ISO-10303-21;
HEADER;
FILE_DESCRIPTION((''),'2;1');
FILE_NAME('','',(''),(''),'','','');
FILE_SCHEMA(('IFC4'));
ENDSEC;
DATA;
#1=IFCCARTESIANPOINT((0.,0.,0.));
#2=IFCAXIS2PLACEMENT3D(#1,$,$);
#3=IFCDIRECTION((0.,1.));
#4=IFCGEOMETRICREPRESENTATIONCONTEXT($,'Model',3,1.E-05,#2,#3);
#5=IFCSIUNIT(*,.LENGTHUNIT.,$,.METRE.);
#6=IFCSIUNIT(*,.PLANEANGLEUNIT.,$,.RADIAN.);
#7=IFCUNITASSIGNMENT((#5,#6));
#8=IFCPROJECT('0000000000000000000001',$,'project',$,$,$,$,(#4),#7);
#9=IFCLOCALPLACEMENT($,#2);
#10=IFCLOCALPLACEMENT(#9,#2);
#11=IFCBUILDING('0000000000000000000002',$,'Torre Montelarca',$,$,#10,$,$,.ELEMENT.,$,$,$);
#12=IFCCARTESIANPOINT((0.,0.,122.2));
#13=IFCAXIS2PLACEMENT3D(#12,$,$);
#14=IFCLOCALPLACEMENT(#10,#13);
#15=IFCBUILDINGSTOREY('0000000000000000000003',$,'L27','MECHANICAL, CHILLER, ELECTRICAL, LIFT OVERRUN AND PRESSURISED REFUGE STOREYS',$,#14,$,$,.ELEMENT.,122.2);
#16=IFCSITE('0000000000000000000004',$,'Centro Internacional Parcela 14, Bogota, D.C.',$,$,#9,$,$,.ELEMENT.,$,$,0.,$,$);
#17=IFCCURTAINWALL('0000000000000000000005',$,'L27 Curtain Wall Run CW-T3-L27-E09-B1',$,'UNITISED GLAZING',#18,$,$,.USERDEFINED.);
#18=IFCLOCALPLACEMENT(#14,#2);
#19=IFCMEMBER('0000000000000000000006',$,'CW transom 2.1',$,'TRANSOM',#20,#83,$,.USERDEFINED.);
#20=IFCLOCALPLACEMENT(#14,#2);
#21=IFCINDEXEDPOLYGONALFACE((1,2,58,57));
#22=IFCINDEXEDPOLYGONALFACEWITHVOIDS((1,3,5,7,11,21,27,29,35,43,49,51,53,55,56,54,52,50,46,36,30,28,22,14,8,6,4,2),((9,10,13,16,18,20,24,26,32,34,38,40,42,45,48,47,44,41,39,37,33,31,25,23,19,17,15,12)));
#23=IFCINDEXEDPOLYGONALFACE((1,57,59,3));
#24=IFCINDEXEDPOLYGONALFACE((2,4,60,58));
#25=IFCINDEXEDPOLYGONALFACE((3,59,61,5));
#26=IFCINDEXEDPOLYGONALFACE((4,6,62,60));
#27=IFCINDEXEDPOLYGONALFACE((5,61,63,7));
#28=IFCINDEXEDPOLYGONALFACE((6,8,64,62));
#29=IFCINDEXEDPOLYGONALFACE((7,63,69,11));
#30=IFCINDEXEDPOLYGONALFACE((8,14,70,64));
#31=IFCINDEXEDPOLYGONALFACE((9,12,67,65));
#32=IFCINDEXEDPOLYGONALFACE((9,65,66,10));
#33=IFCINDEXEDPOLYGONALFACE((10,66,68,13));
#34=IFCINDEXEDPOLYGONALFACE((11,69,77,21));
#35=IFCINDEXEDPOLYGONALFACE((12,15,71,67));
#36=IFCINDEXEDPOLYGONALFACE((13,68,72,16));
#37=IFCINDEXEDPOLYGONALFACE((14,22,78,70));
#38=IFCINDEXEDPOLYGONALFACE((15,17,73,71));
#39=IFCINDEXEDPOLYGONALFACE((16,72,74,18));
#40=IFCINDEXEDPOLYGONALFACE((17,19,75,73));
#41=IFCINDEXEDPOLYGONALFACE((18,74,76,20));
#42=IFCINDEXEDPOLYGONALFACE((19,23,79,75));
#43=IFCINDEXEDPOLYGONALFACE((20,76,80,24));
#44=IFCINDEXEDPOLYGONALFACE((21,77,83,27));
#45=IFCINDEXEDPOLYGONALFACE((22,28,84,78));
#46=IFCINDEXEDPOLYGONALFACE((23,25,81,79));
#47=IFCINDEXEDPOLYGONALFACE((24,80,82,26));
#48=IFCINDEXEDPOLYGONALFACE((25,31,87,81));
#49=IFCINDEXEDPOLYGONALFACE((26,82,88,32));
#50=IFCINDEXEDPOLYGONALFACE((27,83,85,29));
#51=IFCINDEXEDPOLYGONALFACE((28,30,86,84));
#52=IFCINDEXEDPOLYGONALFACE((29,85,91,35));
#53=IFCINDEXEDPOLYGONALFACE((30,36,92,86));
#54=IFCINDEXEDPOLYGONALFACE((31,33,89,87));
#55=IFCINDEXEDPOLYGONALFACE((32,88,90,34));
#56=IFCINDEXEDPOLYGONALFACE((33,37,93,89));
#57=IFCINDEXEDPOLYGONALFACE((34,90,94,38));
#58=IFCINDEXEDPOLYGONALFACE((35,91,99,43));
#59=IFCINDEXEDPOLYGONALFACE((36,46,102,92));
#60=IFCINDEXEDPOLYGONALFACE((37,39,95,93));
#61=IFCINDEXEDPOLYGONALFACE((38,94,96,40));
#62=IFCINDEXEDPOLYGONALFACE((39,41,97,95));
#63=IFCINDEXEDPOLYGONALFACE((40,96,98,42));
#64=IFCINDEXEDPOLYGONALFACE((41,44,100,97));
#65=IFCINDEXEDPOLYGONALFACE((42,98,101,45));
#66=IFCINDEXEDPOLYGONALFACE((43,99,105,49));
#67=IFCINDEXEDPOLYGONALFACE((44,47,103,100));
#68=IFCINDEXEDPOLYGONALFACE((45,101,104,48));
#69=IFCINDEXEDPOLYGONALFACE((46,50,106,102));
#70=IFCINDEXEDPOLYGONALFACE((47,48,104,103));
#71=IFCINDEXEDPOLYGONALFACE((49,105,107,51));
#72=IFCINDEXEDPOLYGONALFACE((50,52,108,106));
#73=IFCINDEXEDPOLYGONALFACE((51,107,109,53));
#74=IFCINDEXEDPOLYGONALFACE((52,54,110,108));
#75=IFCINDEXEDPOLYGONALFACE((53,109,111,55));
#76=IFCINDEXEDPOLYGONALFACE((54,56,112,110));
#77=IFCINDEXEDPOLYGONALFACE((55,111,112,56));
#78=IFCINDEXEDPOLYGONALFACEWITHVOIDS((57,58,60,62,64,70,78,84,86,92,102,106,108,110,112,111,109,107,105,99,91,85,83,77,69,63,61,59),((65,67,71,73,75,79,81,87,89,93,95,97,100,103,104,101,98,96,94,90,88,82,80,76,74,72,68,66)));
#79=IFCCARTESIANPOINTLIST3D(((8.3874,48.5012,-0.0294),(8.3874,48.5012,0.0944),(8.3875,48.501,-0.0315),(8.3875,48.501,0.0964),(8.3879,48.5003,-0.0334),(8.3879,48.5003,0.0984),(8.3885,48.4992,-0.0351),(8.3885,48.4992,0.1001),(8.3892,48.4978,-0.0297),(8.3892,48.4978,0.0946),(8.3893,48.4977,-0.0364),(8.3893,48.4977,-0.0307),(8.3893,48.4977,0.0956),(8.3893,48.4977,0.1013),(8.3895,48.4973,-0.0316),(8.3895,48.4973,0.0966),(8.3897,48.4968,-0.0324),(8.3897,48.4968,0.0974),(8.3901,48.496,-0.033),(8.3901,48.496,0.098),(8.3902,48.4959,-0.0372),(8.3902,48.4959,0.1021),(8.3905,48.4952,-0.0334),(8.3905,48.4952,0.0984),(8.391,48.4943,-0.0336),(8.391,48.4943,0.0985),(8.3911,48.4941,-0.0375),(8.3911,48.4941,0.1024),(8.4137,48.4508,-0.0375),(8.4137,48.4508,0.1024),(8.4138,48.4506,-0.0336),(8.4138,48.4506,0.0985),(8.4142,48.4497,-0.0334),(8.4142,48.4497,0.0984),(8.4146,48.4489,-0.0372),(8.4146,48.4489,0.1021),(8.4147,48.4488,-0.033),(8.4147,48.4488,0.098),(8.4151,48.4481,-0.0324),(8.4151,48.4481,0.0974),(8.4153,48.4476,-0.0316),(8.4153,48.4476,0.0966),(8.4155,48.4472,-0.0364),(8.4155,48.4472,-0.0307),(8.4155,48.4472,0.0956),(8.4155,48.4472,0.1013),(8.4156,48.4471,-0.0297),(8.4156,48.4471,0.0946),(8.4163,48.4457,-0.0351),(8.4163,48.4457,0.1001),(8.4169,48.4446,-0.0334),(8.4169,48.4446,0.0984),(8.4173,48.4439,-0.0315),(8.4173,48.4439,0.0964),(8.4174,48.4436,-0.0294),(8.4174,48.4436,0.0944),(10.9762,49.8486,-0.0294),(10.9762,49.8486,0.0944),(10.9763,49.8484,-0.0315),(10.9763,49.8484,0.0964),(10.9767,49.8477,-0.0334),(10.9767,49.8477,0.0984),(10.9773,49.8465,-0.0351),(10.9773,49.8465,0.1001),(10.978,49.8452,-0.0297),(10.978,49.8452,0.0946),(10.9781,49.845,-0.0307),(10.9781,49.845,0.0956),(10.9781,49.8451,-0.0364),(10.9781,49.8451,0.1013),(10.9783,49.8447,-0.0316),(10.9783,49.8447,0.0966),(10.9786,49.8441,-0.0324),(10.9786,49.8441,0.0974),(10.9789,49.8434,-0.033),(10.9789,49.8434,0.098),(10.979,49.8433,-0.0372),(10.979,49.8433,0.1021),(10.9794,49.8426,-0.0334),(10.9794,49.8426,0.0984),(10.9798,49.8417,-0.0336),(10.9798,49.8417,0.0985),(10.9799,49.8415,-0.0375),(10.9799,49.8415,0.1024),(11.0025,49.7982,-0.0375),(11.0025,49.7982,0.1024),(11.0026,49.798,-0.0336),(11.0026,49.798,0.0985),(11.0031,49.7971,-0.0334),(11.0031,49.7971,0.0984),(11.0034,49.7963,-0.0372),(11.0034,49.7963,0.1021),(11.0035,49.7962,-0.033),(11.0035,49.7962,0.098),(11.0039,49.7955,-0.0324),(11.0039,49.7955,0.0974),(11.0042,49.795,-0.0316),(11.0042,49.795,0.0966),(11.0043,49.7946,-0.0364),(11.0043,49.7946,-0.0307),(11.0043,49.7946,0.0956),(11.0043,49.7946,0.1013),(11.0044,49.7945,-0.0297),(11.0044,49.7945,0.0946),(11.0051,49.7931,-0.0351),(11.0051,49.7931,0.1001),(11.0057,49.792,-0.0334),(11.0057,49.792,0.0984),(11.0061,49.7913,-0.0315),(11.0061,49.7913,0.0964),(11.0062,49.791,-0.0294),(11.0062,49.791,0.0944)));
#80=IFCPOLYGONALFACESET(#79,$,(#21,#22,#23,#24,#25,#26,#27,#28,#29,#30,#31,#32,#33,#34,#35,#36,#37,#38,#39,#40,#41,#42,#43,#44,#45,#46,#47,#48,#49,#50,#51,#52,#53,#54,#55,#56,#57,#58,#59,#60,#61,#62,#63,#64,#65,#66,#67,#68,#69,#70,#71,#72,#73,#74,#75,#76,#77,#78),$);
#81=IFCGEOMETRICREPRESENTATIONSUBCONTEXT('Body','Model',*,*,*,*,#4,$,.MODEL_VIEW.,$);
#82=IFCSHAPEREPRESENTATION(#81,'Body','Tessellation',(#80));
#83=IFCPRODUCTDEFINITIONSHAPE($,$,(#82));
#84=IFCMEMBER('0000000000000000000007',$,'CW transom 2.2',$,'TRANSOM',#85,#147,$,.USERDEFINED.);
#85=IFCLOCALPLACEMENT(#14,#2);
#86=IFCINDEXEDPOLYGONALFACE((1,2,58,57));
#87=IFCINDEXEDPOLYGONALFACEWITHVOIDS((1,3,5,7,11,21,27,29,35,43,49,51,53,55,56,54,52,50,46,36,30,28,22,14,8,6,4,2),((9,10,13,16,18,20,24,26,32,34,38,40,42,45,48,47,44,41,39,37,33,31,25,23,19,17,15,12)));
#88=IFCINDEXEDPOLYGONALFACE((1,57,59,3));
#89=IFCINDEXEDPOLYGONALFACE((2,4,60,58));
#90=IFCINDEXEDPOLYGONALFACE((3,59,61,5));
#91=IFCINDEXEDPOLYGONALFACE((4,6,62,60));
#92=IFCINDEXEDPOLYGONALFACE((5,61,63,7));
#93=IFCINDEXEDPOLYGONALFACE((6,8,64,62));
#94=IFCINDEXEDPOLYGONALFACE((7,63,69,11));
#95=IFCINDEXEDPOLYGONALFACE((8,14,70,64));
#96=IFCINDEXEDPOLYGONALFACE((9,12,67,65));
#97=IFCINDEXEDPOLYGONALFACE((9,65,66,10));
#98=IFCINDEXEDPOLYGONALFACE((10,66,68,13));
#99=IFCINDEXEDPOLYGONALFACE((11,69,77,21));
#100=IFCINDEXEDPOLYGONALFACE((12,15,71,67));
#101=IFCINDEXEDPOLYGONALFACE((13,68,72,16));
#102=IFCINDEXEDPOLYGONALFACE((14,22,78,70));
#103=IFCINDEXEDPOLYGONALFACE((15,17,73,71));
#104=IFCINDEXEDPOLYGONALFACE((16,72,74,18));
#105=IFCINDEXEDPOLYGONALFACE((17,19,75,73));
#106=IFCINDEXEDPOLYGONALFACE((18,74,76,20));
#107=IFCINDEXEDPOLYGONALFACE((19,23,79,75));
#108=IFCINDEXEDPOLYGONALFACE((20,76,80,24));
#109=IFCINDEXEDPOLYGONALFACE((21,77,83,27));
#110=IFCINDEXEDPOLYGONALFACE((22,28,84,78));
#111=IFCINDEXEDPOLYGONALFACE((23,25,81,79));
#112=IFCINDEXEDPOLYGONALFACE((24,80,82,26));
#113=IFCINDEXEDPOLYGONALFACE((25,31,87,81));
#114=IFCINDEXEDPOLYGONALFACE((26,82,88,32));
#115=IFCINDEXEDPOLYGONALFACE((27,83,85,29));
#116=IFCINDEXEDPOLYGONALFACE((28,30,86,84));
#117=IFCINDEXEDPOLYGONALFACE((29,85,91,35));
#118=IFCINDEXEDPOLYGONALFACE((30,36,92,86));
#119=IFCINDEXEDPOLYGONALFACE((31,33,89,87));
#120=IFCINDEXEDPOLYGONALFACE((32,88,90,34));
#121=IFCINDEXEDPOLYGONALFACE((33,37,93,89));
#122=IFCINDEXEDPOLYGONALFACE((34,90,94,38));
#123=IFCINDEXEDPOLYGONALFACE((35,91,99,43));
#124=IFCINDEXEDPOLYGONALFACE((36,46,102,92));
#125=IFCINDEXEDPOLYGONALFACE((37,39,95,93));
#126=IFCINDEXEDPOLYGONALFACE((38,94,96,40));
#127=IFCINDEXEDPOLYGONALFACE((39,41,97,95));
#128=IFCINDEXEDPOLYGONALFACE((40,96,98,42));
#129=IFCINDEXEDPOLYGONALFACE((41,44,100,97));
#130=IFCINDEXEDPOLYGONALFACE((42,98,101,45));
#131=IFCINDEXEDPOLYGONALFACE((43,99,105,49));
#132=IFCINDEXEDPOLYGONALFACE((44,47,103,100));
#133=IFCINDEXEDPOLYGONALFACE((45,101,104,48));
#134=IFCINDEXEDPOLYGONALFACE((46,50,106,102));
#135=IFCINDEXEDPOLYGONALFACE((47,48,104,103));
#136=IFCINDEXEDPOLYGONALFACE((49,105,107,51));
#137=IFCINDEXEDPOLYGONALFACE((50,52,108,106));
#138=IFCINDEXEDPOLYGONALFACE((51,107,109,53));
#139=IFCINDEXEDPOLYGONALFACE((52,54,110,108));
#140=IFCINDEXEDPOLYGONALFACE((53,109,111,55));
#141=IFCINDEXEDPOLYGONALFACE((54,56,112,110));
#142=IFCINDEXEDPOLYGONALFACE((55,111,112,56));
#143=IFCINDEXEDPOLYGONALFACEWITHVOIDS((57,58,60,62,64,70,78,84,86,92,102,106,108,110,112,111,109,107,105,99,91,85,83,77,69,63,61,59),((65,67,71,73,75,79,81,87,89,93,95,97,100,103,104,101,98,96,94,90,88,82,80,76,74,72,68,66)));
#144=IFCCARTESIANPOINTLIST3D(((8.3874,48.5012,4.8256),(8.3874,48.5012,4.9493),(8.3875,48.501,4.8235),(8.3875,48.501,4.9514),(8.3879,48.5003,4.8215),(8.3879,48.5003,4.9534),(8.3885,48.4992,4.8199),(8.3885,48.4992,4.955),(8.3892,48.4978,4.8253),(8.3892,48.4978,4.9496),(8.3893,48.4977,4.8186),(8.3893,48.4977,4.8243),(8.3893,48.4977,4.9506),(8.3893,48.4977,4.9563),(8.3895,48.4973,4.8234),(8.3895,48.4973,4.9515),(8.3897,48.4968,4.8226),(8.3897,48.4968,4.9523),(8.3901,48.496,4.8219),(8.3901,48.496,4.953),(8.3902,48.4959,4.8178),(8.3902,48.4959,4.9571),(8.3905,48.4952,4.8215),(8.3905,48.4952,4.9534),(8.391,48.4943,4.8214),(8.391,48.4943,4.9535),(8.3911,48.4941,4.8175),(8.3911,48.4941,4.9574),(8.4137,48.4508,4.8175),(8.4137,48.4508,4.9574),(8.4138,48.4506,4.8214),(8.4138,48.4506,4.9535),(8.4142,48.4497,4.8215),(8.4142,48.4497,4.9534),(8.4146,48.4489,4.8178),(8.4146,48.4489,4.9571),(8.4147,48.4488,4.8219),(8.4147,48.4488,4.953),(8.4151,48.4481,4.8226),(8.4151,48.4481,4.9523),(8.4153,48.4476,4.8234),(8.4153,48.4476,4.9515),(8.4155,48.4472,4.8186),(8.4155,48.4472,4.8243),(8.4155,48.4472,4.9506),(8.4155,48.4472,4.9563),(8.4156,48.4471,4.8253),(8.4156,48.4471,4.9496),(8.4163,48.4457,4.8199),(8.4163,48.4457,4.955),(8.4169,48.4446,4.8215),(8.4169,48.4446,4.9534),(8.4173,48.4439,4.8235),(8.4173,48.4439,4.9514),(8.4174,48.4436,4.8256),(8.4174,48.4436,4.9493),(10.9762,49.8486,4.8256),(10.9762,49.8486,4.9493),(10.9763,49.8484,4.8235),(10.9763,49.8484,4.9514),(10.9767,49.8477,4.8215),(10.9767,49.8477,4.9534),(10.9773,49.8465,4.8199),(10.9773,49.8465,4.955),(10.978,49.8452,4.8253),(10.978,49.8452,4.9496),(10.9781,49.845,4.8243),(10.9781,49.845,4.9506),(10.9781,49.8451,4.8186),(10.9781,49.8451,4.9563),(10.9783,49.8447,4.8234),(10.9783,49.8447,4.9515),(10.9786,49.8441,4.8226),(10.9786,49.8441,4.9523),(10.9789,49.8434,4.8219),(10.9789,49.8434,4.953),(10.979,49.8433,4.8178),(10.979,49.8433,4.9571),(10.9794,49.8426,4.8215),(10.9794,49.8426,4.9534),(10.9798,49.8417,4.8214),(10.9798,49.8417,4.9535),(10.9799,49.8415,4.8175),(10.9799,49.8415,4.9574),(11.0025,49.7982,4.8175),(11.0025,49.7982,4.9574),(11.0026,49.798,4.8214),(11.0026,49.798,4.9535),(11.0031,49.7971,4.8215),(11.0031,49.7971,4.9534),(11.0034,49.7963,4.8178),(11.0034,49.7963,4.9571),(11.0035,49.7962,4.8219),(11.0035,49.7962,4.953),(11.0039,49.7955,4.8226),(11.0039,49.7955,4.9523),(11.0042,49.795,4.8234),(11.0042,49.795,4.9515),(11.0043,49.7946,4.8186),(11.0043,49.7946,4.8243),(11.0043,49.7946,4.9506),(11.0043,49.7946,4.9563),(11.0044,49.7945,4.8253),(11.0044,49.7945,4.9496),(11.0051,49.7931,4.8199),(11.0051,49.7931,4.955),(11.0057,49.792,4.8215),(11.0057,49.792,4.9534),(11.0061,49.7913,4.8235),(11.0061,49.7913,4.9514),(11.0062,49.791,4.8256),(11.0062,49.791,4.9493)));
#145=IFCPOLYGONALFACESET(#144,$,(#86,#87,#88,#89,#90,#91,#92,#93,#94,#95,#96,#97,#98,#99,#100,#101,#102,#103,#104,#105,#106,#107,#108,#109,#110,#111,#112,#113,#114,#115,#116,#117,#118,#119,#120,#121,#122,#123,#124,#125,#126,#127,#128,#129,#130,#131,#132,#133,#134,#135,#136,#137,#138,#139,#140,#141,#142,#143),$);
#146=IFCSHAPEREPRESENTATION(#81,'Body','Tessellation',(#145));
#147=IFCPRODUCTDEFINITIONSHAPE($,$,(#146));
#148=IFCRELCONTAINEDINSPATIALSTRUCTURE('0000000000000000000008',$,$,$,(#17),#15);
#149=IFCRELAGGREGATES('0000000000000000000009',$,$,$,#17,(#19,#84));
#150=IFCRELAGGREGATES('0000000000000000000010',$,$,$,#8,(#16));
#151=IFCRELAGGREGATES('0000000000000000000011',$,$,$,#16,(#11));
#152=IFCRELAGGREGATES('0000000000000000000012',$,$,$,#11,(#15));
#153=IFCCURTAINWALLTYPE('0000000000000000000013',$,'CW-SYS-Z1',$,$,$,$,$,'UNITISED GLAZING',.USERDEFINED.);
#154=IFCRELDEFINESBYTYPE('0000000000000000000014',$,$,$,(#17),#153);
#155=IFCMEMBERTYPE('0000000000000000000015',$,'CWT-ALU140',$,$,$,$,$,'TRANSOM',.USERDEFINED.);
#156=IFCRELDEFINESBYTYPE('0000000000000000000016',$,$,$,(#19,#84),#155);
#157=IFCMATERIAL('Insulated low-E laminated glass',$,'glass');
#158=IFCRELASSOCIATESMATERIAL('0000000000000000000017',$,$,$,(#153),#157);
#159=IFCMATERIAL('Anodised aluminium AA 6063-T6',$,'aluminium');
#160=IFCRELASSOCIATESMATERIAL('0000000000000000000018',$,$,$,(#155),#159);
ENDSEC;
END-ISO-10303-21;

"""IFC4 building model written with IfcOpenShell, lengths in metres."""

from ifc_helpers import new_model, si_unit, direction, frame, origin, origin_2d, place, context, subcontext, project, spatial, hollow_rectangle, extrude, source, transform, mapped, material, material_profile, profile_set, type_object, element, aggregate, save


model = new_model("IFC4")

# Units and contexts
model_context = context("Model", 3, precision=1e-05, world=origin(), true_north=direction((0.0, 1.0)))
body_context = subcontext(model_context, "Body", "Model", "MODEL_VIEW")
ifc_project = project(units=[si_unit("LENGTHUNIT", "METRE"), si_unit("PLANEANGLEUNIT", "RADIAN")], contexts=[model_context])

# Site, building, storey
site_placement = place(None, origin())
site = spatial("IfcSite", under=ifc_project, at=site_placement, Name="Centro Internacional Parcela 14, Bogota, D.C.", CompositionType="ELEMENT", RefElevation=0.0)
building_placement = place(site_placement, origin())
building = spatial("IfcBuilding", under=site, at=building_placement, Name="Torre Montelarca", CompositionType="ELEMENT")
storey_placement = place(building_placement, frame((0.0, 0.0, 122.2)))
storey = spatial("IfcBuildingStorey", under=building, at=storey_placement, Name="L27", Description="MECHANICAL, CHILLER, ELECTRICAL, LIFT OVERRUN AND PRESSURISED REFUGE STOREYS", CompositionType="ELEMENT", Elevation=122.2)

# Curtain wall, members
ifc_material_1 = material(Name="Insulated low-E laminated glass", Category="glass")
curtain_wall_type = type_object("IfcCurtainWallType", Name="CW-SYS-Z1", ElementType="UNITISED GLAZING", PredefinedType="USERDEFINED", material=ifc_material_1)
curtain_wall_placement = place(storey_placement, origin())
curtain_wall = element("IfcCurtainWall", 1, at=curtain_wall_placement, inside=storey, type_object=curtain_wall_type, Name="L27 Curtain Wall Run CW-T3-L27-E09-B1", ObjectType="UNITISED GLAZING", PredefinedType="USERDEFINED")
ifc_material_2 = material(Name="Anodised aluminium AA 6063-T6", Category="aluminium")
ifc_material_profile_1 = material_profile(ifc_material_2, hollow_rectangle(XDim=0.0649, YDim=0.1399, WallThickness=0.0039, InnerFilletRadius=0.0039, OuterFilletRadius=0.0081, at=origin_2d()), Name="ALU65X140X4", Category="aluminium")
ifc_profile_set_1 = profile_set([ifc_material_profile_1], Name="Anodised aluminium AA 6063-T6")
member_type_1 = type_object("IfcMemberType", Name="CWT-ALU140", ElementType="TRANSOM", PredefinedType="USERDEFINED", material=ifc_profile_set_1)
shared_shape_1 = source(origin(), body_context, "Body", "SweptSolid", [
    extrude(hollow_rectangle(XDim=0.0649, YDim=0.1399, WallThickness=0.0039, InnerFilletRadius=0.0039, OuterFilletRadius=0.0081, at=origin_2d()), origin(), (0.0, 0.0, 1.0), 2.9185),
])
member_1_placement = place(storey_placement, frame((10.9912, 49.8198, 0.0325), z_axis=(-0.887048, -0.461677, 0.0), x_axis=(0.461677, -0.887048, 0.0)))
member_1 = element("IfcMember", 2, at=member_1_placement, type_object=member_type_1, Name="CW transom 2.1", ObjectType="TRANSOM", PredefinedType="USERDEFINED", context=body_context, shape_type="MappedRepresentation", body=[
    mapped(shared_shape_1, transform((0.0, 0.0, 0.0), scale=1.0)),
])
member_2_placement = place(storey_placement, frame((10.9912, 49.8198, 4.8875), z_axis=(-0.887048, -0.461677, 0.0), x_axis=(0.461677, -0.887048, 0.0)))
member_2 = element("IfcMember", 3, at=member_2_placement, type_object=member_type_1, Name="CW transom 2.2", ObjectType="TRANSOM", PredefinedType="USERDEFINED", context=body_context, shape_type="MappedRepresentation", body=[
    mapped(shared_shape_1, transform((0.0, 0.0, 0.0), scale=1.0)),
])

aggregate(curtain_wall, [member_1, member_2])

save(model, "model.ifc")
